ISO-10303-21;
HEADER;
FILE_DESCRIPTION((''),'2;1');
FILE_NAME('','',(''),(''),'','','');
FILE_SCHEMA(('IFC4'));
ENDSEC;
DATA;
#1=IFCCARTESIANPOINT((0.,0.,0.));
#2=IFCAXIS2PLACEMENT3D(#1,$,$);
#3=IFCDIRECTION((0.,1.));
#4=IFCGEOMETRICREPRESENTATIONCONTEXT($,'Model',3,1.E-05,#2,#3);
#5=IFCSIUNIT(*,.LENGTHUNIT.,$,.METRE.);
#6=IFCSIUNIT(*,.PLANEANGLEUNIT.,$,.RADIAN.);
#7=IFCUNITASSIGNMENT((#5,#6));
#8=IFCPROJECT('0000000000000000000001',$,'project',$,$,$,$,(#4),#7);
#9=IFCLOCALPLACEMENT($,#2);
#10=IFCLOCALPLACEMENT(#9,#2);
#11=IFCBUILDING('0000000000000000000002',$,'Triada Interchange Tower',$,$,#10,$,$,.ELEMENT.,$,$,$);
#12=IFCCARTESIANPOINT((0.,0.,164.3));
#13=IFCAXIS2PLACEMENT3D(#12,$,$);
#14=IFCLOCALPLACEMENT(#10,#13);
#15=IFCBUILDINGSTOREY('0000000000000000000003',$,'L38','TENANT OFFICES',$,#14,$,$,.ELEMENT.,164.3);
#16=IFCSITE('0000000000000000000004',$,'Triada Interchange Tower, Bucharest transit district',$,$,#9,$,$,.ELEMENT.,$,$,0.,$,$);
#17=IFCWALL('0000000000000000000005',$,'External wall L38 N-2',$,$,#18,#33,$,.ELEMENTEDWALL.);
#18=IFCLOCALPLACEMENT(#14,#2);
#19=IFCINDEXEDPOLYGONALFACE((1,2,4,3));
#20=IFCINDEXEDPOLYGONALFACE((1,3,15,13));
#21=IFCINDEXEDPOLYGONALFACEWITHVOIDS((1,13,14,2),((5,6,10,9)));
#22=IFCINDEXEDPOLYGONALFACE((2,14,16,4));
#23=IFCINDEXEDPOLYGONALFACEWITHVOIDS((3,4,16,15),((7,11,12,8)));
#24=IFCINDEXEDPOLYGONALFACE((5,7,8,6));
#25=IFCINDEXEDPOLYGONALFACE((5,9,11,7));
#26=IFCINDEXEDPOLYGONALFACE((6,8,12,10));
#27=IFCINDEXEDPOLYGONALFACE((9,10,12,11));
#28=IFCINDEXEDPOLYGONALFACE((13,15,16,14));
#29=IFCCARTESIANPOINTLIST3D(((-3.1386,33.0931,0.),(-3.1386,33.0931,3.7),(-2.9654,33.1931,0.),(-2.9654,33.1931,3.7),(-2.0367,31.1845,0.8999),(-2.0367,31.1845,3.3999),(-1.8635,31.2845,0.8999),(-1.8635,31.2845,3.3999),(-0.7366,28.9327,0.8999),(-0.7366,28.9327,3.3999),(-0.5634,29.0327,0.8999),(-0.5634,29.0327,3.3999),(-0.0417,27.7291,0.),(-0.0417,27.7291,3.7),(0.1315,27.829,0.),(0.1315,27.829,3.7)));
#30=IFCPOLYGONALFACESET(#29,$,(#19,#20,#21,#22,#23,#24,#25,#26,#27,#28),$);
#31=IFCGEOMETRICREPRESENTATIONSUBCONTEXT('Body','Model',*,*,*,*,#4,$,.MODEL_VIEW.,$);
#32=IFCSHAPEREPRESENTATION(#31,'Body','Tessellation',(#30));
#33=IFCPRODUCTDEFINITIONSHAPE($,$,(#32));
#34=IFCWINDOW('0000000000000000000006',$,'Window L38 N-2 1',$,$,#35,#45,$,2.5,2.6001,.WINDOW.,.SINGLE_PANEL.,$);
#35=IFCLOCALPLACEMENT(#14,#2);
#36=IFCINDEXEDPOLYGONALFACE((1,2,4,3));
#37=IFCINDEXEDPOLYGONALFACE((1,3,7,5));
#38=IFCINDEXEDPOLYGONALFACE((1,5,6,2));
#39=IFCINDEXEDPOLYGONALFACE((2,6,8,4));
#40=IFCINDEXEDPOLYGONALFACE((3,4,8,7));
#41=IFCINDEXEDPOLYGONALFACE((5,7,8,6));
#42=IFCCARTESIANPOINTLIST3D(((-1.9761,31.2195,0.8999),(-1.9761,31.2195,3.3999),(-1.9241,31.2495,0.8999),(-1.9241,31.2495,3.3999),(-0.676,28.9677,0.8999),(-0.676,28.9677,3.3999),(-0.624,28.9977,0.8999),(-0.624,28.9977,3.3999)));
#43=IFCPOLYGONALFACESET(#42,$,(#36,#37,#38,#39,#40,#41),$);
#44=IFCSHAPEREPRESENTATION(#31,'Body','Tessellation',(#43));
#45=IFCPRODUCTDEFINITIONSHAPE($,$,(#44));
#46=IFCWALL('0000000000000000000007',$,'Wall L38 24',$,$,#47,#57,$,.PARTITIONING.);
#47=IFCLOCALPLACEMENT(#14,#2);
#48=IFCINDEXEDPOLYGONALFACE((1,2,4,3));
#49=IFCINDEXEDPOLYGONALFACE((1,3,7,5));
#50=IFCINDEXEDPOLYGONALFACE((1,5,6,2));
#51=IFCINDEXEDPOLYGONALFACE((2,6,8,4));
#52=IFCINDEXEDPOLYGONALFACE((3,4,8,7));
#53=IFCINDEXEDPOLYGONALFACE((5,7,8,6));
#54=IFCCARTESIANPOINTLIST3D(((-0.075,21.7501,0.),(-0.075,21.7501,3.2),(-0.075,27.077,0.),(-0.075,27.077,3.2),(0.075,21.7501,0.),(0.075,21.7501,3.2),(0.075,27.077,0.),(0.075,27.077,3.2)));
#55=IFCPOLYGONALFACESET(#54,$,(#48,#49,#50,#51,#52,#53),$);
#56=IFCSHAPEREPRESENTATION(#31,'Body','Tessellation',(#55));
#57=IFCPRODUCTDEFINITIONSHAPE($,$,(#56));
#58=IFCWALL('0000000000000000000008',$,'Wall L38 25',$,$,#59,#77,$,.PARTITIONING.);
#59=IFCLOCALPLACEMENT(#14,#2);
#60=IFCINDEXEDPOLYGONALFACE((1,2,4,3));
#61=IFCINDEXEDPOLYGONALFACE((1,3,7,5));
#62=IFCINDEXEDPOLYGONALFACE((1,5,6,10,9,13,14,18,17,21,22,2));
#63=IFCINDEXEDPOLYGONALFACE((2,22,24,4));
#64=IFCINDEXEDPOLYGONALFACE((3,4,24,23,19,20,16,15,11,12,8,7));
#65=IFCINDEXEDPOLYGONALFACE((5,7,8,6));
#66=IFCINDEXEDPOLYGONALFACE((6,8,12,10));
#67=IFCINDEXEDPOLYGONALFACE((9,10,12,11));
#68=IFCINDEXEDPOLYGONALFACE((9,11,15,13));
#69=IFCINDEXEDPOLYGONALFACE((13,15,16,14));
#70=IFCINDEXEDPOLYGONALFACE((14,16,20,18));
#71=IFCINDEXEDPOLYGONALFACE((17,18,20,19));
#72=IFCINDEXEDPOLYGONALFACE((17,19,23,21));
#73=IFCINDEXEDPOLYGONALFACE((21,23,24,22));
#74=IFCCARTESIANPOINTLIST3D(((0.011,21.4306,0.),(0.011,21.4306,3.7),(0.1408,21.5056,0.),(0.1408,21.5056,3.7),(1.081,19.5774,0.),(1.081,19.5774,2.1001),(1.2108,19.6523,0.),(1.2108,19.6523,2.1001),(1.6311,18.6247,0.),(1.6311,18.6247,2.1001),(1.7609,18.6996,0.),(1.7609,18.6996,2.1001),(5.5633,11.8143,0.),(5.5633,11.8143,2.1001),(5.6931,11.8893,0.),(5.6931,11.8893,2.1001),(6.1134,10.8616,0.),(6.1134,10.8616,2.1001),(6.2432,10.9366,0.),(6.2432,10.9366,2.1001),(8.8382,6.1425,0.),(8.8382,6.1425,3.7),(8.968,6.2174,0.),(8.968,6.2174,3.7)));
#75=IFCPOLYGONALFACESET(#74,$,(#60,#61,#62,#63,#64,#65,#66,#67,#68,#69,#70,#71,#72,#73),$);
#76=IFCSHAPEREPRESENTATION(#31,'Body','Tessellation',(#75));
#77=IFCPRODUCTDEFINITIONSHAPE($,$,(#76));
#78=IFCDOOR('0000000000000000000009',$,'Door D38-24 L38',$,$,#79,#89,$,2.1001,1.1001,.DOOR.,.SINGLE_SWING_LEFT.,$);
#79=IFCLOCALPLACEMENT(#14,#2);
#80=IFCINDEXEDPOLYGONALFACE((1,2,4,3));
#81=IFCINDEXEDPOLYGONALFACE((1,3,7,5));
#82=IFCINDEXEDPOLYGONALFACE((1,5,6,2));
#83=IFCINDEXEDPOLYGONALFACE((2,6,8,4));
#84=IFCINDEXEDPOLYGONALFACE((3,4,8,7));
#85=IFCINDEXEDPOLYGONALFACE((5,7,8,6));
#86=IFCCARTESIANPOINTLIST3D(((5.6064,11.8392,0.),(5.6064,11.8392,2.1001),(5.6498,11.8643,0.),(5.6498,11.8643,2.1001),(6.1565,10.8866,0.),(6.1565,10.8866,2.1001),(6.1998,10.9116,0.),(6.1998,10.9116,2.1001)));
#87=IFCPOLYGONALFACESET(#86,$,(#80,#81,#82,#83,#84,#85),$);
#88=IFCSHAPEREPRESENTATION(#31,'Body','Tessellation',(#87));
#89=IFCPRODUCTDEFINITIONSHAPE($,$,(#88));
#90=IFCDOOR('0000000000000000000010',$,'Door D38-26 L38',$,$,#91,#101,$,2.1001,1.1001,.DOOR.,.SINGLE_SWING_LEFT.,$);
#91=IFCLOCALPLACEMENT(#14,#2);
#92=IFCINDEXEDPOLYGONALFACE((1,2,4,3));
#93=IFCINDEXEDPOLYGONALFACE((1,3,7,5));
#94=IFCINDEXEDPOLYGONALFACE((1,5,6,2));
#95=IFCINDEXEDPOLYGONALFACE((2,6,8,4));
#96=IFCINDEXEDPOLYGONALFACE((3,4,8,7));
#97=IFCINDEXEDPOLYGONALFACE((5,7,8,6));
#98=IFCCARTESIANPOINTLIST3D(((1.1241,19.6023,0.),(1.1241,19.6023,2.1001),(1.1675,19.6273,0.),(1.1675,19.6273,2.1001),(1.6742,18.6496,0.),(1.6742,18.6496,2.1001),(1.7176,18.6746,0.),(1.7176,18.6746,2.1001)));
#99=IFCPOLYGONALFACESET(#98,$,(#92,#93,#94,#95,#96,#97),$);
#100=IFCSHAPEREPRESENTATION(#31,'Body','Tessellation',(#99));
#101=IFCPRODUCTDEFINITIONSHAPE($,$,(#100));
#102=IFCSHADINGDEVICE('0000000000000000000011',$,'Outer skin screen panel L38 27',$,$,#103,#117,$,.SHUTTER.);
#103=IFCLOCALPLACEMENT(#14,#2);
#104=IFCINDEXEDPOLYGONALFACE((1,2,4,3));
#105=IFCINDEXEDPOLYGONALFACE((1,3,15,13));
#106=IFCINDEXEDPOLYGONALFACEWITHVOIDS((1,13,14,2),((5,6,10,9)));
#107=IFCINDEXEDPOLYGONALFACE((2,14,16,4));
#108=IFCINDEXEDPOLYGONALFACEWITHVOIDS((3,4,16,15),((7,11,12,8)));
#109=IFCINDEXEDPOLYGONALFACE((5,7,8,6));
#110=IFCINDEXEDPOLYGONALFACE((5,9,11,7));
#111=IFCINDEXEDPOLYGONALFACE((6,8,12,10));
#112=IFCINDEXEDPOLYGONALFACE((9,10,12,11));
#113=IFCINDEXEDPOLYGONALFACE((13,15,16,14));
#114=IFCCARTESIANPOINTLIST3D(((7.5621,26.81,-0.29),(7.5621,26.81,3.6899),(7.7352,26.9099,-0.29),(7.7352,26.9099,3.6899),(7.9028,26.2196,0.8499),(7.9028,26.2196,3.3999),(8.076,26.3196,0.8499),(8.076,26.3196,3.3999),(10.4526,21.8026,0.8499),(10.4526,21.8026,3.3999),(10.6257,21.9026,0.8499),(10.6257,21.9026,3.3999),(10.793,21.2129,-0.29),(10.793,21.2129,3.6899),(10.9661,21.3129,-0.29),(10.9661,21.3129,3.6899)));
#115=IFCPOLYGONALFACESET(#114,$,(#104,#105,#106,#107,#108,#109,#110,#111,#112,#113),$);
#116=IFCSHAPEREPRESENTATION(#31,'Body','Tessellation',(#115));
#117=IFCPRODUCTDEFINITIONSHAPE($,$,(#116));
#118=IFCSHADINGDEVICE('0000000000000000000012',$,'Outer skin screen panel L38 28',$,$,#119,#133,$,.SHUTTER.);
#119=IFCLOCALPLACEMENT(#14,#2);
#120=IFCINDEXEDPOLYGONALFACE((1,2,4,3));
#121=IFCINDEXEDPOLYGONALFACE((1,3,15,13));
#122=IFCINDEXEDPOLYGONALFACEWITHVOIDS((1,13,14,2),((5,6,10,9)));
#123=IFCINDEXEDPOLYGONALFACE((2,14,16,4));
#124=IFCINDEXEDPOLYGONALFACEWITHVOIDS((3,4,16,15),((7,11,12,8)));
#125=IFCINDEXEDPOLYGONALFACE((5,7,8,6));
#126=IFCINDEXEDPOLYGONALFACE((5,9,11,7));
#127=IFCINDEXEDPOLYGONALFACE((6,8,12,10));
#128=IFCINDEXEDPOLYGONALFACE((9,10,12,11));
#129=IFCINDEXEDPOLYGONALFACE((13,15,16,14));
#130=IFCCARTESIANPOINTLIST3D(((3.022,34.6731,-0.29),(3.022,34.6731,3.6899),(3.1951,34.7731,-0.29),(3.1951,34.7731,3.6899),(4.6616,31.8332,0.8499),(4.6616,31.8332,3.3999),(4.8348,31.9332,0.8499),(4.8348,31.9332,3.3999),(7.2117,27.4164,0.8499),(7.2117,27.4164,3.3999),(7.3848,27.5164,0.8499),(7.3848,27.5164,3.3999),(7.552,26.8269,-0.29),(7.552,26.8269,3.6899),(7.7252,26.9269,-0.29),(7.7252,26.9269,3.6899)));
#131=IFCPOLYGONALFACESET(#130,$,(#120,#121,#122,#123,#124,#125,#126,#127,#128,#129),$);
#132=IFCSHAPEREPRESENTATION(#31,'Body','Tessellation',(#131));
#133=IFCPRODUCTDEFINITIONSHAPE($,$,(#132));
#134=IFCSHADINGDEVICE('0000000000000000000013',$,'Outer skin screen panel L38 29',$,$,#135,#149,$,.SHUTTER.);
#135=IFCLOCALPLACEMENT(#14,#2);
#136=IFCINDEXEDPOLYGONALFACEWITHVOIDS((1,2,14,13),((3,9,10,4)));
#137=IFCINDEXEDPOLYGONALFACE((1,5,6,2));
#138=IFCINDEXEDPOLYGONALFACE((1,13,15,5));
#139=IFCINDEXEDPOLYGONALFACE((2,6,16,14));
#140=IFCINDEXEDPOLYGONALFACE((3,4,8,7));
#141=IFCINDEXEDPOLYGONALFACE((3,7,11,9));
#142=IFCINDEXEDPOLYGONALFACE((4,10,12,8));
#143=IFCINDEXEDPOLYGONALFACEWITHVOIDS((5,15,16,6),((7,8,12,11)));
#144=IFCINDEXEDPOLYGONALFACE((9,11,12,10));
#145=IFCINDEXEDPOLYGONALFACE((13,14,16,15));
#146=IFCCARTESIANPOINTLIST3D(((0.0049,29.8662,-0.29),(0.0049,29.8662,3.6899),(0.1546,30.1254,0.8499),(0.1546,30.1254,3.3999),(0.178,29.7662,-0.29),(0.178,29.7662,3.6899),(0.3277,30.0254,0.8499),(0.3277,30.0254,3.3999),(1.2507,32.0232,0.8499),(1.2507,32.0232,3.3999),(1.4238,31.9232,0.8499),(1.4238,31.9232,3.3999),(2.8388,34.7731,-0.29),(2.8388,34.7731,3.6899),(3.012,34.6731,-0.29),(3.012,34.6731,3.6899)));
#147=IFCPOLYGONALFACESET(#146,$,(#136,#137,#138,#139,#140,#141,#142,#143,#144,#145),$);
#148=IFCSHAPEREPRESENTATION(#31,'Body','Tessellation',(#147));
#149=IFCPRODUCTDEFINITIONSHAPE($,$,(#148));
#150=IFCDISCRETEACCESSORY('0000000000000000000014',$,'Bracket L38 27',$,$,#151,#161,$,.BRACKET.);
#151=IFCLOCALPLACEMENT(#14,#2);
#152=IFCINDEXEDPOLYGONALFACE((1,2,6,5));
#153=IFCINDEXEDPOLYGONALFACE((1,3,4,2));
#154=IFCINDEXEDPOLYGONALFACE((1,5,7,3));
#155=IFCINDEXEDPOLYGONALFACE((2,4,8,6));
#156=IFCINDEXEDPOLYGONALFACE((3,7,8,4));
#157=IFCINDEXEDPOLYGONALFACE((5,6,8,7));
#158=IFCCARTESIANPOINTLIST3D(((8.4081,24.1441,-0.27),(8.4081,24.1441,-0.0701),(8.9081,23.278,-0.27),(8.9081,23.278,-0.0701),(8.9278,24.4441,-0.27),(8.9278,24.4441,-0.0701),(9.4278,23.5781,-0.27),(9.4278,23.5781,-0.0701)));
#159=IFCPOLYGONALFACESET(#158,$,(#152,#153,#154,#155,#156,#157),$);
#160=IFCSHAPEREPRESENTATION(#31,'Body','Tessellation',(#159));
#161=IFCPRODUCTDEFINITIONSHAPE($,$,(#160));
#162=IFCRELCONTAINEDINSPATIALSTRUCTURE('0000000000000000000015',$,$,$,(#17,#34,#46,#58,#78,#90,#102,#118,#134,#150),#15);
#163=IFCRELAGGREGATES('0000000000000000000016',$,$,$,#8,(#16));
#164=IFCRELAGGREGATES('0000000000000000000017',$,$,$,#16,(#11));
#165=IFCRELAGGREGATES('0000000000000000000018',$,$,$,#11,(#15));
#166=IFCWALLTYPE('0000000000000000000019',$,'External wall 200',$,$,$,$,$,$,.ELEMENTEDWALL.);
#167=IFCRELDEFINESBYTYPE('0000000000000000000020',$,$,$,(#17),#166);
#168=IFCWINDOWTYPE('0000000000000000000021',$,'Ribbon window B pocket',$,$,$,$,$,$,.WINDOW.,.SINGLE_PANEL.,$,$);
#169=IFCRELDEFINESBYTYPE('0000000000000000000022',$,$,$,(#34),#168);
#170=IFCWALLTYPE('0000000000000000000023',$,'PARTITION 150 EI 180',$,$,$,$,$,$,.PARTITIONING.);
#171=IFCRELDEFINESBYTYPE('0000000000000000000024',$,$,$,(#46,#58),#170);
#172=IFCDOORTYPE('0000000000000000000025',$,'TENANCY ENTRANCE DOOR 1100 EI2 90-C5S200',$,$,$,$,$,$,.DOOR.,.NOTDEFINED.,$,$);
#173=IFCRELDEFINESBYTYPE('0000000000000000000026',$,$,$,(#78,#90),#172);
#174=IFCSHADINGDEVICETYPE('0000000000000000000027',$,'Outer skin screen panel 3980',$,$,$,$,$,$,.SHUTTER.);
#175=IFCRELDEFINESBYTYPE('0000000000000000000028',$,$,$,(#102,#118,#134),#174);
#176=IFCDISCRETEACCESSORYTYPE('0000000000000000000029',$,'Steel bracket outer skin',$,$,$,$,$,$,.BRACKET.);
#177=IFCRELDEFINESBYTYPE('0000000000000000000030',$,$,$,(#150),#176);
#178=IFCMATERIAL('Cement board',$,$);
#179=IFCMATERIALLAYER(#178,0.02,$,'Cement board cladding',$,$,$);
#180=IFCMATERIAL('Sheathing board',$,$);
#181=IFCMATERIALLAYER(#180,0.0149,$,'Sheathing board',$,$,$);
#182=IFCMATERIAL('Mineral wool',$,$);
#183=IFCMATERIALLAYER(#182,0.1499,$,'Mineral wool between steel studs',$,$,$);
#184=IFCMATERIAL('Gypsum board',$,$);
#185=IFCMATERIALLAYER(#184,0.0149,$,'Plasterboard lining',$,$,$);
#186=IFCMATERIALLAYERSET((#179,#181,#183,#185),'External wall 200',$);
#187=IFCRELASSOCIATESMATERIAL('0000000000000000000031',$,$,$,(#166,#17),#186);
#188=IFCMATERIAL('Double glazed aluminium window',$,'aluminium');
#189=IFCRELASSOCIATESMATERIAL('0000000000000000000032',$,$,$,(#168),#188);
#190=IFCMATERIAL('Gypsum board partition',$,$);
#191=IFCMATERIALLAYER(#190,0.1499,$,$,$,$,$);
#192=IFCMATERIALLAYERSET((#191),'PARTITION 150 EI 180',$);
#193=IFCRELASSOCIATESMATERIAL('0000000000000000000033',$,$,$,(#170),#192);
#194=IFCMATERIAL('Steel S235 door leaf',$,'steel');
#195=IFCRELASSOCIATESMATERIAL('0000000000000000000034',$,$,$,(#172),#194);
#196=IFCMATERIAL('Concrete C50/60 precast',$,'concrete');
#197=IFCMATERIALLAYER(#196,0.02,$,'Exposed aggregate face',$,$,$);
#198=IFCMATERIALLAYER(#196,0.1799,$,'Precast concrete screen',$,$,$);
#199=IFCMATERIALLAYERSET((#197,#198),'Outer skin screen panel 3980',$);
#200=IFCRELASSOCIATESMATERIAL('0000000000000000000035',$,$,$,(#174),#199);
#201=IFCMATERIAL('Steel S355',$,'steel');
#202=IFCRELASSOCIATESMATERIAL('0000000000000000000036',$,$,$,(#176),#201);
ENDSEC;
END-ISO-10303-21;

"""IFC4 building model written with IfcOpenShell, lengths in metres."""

from ifc_helpers import new_model, si_unit, direction, frame, frame_2d, origin, origin_2d, place, context, subcontext, project, spatial, polyline, rectangle, outline, extrude, material, layer, layer_set, layer_usage, type_object, element, fill, save


model = new_model("IFC4")

# Units and contexts
model_context = context("Model", 3, precision=1e-05, world=origin(), true_north=direction((0.0, 1.0)))
body_context = subcontext(model_context, "Body", "Model", "MODEL_VIEW")
ifc_project = project(units=[si_unit("LENGTHUNIT", "METRE"), si_unit("PLANEANGLEUNIT", "RADIAN")], contexts=[model_context])

# Site, building, storey
site_placement = place(None, origin())
site = spatial("IfcSite", under=ifc_project, at=site_placement, Name="Triada Interchange Tower, Bucharest transit district", CompositionType="ELEMENT", RefElevation=0.0)
building_placement = place(site_placement, origin())
building = spatial("IfcBuilding", under=site, at=building_placement, Name="Triada Interchange Tower", CompositionType="ELEMENT")
storey_placement = place(building_placement, frame((0.0, 0.0, 164.3)))
storey = spatial("IfcBuildingStorey", under=building, at=storey_placement, Name="L38", Description="TENANT OFFICES", CompositionType="ELEMENT", Elevation=164.3)

# Wall, opening, window
ifc_material_1 = material(Name="Cement board")
ifc_layer_1 = layer(ifc_material_1, 0.02, Name="Cement board cladding")
ifc_material_2 = material(Name="Sheathing board")
ifc_layer_2 = layer(ifc_material_2, 0.0149, Name="Sheathing board")
ifc_material_3 = material(Name="Mineral wool")
ifc_layer_3 = layer(ifc_material_3, 0.1499, Name="Mineral wool between steel studs")
ifc_material_4 = material(Name="Gypsum board")
ifc_layer_4 = layer(ifc_material_4, 0.0149, Name="Plasterboard lining")
ifc_layer_set_1 = layer_set([ifc_layer_1, ifc_layer_2, ifc_layer_3, ifc_layer_4], Name="External wall 200")
ifc_layer_usage = layer_usage(ifc_layer_set_1, "AXIS2", "POSITIVE", -0.1001)
wall_type_1 = type_object("IfcWallType", Name="External wall 200", PredefinedType="ELEMENTEDWALL", material=ifc_layer_set_1)
ifc_material_5 = material(Name="Double glazed aluminium window", Category="aluminium")
window_type = type_object("IfcWindowType", Name="Ribbon window B pocket", PartitioningType="SINGLE_PANEL", PredefinedType="WINDOW", material=ifc_material_5)
wall_1_placement = place(storey_placement, frame((0.0449, 27.7791, 0.0), z_axis=(0.0, 0.0, 1.0), x_axis=(-0.500001, 0.866025, 0.0)))
wall_1 = element("IfcWall", 1, at=wall_1_placement, inside=storey, type_object=wall_type_1, material=ifc_layer_usage, Name="External wall L38 N-2", PredefinedType="ELEMENTEDWALL", context=body_context, shape_type="SweptSolid", body=[
    extrude(rectangle(XDim=6.1938, YDim=0.2, at=frame_2d((3.0969, 0.0))), origin(), (0.0, 0.0, 1.0), 3.7),
])
opening_1_placement = place(wall_1_placement, frame((1.3899, 0.0, 0.8999)))
opening_1 = element("IfcOpeningElement", 2, at=opening_1_placement, cuts=wall_1, PredefinedType="OPENING", context=body_context, shape_type="SweptSolid", body=[
    extrude(rectangle(XDim=2.6001, YDim=2.5, at=frame_2d((1.3, 1.25))), frame((0.0, 0.1099, 0.0), z_axis=(0.0, -1.0, 0.0), x_axis=(1.0, 0.0, 0.0)), (0.0, 0.0, 1.0), 0.22),
])
window_1_placement = place(opening_1_placement, origin())
window_1 = element("IfcWindow", 3, at=window_1_placement, inside=storey, type_object=window_type, Name="Window L38 N-2 1", OverallHeight=2.5, OverallWidth=2.6001, PartitioningType="SINGLE_PANEL", PredefinedType="WINDOW", context=body_context, shape_type="SweptSolid", body=[
    extrude(rectangle(XDim=2.6001, YDim=2.5, at=frame_2d((1.3, 1.25))), frame((0.0, 0.03, 0.0), z_axis=(0.0, -1.0, 0.0), x_axis=(1.0, 0.0, 0.0)), (0.0, 0.0, 1.0), 0.0601),
])
fill(opening_1, window_1)

# Wall
ifc_material_6 = material(Name="Gypsum board partition")
ifc_layer_5 = layer(ifc_material_6, 0.1499)
ifc_layer_set_2 = layer_set([ifc_layer_5], Name="PARTITION 150 EI 180")
wall_type_2 = type_object("IfcWallType", Name="PARTITION 150 EI 180", PredefinedType="PARTITIONING", material=ifc_layer_set_2)
wall_2_placement = place(storey_placement, frame((0.0, 21.75, 0.0), z_axis=(0.0, 0.0, 1.0), x_axis=(0.0, 1.0, 0.0)))
element("IfcWall", 4, at=wall_2_placement, inside=storey, type_object=wall_type_2, Name="Wall L38 24", PredefinedType="PARTITIONING", context=body_context, shape_type="SweptSolid", body=[
    extrude(rectangle(XDim=5.3269, YDim=0.1499, at=frame_2d((2.6636, 0.0))), origin(), (0.0, 0.0, 1.0), 3.2),
])

# Wall, openings, doors
wall_3_placement = place(storey_placement, frame((0.0759, 21.468, 0.0), z_axis=(0.0, 0.0, 1.0), x_axis=(0.500024, -0.866011, 0.0)))
wall_3 = element("IfcWall", 5, at=wall_3_placement, inside=storey, type_object=wall_type_2, Name="Wall L38 25", PredefinedType="PARTITIONING", context=body_context, shape_type="SweptSolid", body=[
    extrude(rectangle(XDim=17.6536, YDim=0.1499, at=frame_2d((8.8267, 0.0))), origin(), (0.0, 0.0, 1.0), 3.7),
])
opening_2_placement = place(wall_3_placement, frame((11.104, 0.0, 0.0)))
opening_2 = element("IfcOpeningElement", 6, at=opening_2_placement, cuts=wall_3, PredefinedType="OPENING", context=body_context, shape_type="SweptSolid", body=[
    extrude(rectangle(XDim=1.1001, YDim=2.1001, at=frame_2d((0.55, 1.05))), frame((0.0, 0.085, 0.0), z_axis=(0.0, -1.0, 0.0), x_axis=(1.0, 0.0, 0.0)), (0.0, 0.0, 1.0), 0.1699),
])
opening_3_placement = place(wall_3_placement, frame((2.1399, 0.0, 0.0)))
opening_3 = element("IfcOpeningElement", 7, at=opening_3_placement, cuts=wall_3, PredefinedType="OPENING", context=body_context, shape_type="SweptSolid", body=[
    extrude(rectangle(XDim=1.1001, YDim=2.1001, at=frame_2d((0.55, 1.05))), frame((0.0, 0.085, 0.0), z_axis=(0.0, -1.0, 0.0), x_axis=(1.0, 0.0, 0.0)), (0.0, 0.0, 1.0), 0.1699),
])
ifc_material_7 = material(Name="Steel S235 door leaf", Category="steel")
door_type = type_object("IfcDoorType", Name="TENANCY ENTRANCE DOOR 1100 EI2 90-C5S200", OperationType="NOTDEFINED", PredefinedType="DOOR", material=ifc_material_7)
door_1_placement = place(opening_2_placement, origin())
door_1 = element("IfcDoor", 8, at=door_1_placement, inside=storey, type_object=door_type, Name="Door D38-24 L38", OperationType="SINGLE_SWING_LEFT", OverallHeight=2.1001, OverallWidth=1.1001, PredefinedType="DOOR", context=body_context, shape_type="SweptSolid", body=[
    extrude(rectangle(XDim=1.1001, YDim=2.1001, at=frame_2d((0.55, 1.05))), frame((0.0, 0.0249, 0.0), z_axis=(0.0, -1.0, 0.0), x_axis=(1.0, 0.0, 0.0)), (0.0, 0.0, 1.0), 0.05),
])
fill(opening_2, door_1)
door_2_placement = place(opening_3_placement, origin())
door_2 = element("IfcDoor", 9, at=door_2_placement, inside=storey, type_object=door_type, Name="Door D38-26 L38", OperationType="SINGLE_SWING_LEFT", OverallHeight=2.1001, OverallWidth=1.1001, PredefinedType="DOOR", context=body_context, shape_type="SweptSolid", body=[
    extrude(rectangle(XDim=1.1001, YDim=2.1001, at=frame_2d((0.55, 1.05))), frame((0.0, 0.0249, 0.0), z_axis=(0.0, -1.0, 0.0), x_axis=(1.0, 0.0, 0.0)), (0.0, 0.0, 1.0), 0.05),
])
fill(opening_3, door_2)

# Shading devices
ifc_material_8 = material(Name="Concrete C50/60 precast", Category="concrete")
ifc_layer_6 = layer(ifc_material_8, 0.02, Name="Exposed aggregate face")
ifc_layer_7 = layer(ifc_material_8, 0.1799, Name="Precast concrete screen")
ifc_layer_set_3 = layer_set([ifc_layer_6, ifc_layer_7], Name="Outer skin screen panel 3980")
shading_device_type = type_object("IfcShadingDeviceType", Name="Outer skin screen panel 3980", PredefinedType="SHUTTER", material=ifc_layer_set_3)
shading_device_1_placement = place(storey_placement, frame((10.793, 21.2129, -0.29), z_axis=(0.0, 0.0, 1.0), x_axis=(-0.499934, 0.866064, 0.0)))
element("IfcShadingDevice", 10, at=shading_device_1_placement, inside=storey, type_object=shading_device_type, Name="Outer skin screen panel L38 27", PredefinedType="SHUTTER", context=body_context, shape_type="SweptSolid", body=[
    extrude(outline(polyline([(0.0, 0.0), (6.4626, 0.0), (6.4626, 3.98), (0.0, 3.98), (0.0, 0.0)]), holes=[polyline([(0.6809, 1.1399), (0.6809, 3.6899), (5.781, 3.6899), (5.781, 1.1399), (0.6809, 1.1399)])]), frame((0.0, 0.0, 0.0), z_axis=(0.0, -1.0, 0.0), x_axis=(1.0, 0.0, 0.0)), (0.0, 0.0, 1.0), 0.2),
])
shading_device_2_placement = place(storey_placement, frame((7.552, 26.8269, -0.29), z_axis=(0.0, 0.0, 1.0), x_axis=(-0.500002, 0.866024, 0.0)))
element("IfcShadingDevice", 11, at=shading_device_2_placement, inside=storey, type_object=shading_device_type, Name="Outer skin screen panel L38 28", PredefinedType="SHUTTER", context=body_context, shape_type="SweptSolid", body=[
    extrude(outline(polyline([(0.0, 0.0), (9.0601, 0.0), (9.0601, 3.98), (0.0, 3.98), (0.0, 0.0)]), holes=[polyline([(0.6807, 1.1399), (0.6807, 3.6899), (5.7808, 3.6899), (5.7808, 1.1399), (0.6807, 1.1399)])]), frame((0.0, 0.0, 0.0), z_axis=(0.0, -1.0, 0.0), x_axis=(1.0, 0.0, 0.0)), (0.0, 0.0, 1.0), 0.2),
])
shading_device_3_placement = place(storey_placement, frame((3.012, 34.6731, -0.29), z_axis=(0.0, 0.0, 1.0), x_axis=(-0.500124, -0.865954, 0.0)))
element("IfcShadingDevice", 12, at=shading_device_3_placement, inside=storey, type_object=shading_device_type, Name="Outer skin screen panel L38 29", PredefinedType="SHUTTER", context=body_context, shape_type="SweptSolid", body=[
    extrude(outline(polyline([(0.0, 0.0), (5.6665, 0.0), (5.6665, 3.98), (0.0, 3.98), (0.0, 0.0)]), holes=[polyline([(3.1755, 1.1399), (3.1755, 3.6899), (5.3672, 3.6899), (5.3672, 1.1399), (3.1755, 1.1399)])]), frame((0.0, 0.0, 0.0), z_axis=(0.0, -1.0, 0.0), x_axis=(1.0, 0.0, 0.0)), (0.0, 0.0, 1.0), 0.2),
])

# Discrete accessory
ifc_material_9 = material(Name="Steel S355", Category="steel")
discrete_accessory_type = type_object("IfcDiscreteAccessoryType", Name="Steel bracket outer skin", PredefinedType="BRACKET", material=ifc_material_9)
for number, where, z_axis, x_axis, name in (
    (13, (8.918, 23.8611, -0.27), (0.0, 0.0, 1.0), (0.866023, 0.500005, 0.0), "Bracket L38 27"),
):
    element("IfcDiscreteAccessory", number, at=place(storey_placement, frame(where, z_axis=z_axis, x_axis=x_axis)), inside=storey, type_object=discrete_accessory_type, Name=name, PredefinedType="BRACKET", context=body_context, shape_type="SweptSolid", body=[
        extrude(rectangle(XDim=0.6001, YDim=1.0, at=origin_2d()), origin(), (0.0, 0.0, 1.0), 0.2),
    ])

save(model, "model.ifc")
